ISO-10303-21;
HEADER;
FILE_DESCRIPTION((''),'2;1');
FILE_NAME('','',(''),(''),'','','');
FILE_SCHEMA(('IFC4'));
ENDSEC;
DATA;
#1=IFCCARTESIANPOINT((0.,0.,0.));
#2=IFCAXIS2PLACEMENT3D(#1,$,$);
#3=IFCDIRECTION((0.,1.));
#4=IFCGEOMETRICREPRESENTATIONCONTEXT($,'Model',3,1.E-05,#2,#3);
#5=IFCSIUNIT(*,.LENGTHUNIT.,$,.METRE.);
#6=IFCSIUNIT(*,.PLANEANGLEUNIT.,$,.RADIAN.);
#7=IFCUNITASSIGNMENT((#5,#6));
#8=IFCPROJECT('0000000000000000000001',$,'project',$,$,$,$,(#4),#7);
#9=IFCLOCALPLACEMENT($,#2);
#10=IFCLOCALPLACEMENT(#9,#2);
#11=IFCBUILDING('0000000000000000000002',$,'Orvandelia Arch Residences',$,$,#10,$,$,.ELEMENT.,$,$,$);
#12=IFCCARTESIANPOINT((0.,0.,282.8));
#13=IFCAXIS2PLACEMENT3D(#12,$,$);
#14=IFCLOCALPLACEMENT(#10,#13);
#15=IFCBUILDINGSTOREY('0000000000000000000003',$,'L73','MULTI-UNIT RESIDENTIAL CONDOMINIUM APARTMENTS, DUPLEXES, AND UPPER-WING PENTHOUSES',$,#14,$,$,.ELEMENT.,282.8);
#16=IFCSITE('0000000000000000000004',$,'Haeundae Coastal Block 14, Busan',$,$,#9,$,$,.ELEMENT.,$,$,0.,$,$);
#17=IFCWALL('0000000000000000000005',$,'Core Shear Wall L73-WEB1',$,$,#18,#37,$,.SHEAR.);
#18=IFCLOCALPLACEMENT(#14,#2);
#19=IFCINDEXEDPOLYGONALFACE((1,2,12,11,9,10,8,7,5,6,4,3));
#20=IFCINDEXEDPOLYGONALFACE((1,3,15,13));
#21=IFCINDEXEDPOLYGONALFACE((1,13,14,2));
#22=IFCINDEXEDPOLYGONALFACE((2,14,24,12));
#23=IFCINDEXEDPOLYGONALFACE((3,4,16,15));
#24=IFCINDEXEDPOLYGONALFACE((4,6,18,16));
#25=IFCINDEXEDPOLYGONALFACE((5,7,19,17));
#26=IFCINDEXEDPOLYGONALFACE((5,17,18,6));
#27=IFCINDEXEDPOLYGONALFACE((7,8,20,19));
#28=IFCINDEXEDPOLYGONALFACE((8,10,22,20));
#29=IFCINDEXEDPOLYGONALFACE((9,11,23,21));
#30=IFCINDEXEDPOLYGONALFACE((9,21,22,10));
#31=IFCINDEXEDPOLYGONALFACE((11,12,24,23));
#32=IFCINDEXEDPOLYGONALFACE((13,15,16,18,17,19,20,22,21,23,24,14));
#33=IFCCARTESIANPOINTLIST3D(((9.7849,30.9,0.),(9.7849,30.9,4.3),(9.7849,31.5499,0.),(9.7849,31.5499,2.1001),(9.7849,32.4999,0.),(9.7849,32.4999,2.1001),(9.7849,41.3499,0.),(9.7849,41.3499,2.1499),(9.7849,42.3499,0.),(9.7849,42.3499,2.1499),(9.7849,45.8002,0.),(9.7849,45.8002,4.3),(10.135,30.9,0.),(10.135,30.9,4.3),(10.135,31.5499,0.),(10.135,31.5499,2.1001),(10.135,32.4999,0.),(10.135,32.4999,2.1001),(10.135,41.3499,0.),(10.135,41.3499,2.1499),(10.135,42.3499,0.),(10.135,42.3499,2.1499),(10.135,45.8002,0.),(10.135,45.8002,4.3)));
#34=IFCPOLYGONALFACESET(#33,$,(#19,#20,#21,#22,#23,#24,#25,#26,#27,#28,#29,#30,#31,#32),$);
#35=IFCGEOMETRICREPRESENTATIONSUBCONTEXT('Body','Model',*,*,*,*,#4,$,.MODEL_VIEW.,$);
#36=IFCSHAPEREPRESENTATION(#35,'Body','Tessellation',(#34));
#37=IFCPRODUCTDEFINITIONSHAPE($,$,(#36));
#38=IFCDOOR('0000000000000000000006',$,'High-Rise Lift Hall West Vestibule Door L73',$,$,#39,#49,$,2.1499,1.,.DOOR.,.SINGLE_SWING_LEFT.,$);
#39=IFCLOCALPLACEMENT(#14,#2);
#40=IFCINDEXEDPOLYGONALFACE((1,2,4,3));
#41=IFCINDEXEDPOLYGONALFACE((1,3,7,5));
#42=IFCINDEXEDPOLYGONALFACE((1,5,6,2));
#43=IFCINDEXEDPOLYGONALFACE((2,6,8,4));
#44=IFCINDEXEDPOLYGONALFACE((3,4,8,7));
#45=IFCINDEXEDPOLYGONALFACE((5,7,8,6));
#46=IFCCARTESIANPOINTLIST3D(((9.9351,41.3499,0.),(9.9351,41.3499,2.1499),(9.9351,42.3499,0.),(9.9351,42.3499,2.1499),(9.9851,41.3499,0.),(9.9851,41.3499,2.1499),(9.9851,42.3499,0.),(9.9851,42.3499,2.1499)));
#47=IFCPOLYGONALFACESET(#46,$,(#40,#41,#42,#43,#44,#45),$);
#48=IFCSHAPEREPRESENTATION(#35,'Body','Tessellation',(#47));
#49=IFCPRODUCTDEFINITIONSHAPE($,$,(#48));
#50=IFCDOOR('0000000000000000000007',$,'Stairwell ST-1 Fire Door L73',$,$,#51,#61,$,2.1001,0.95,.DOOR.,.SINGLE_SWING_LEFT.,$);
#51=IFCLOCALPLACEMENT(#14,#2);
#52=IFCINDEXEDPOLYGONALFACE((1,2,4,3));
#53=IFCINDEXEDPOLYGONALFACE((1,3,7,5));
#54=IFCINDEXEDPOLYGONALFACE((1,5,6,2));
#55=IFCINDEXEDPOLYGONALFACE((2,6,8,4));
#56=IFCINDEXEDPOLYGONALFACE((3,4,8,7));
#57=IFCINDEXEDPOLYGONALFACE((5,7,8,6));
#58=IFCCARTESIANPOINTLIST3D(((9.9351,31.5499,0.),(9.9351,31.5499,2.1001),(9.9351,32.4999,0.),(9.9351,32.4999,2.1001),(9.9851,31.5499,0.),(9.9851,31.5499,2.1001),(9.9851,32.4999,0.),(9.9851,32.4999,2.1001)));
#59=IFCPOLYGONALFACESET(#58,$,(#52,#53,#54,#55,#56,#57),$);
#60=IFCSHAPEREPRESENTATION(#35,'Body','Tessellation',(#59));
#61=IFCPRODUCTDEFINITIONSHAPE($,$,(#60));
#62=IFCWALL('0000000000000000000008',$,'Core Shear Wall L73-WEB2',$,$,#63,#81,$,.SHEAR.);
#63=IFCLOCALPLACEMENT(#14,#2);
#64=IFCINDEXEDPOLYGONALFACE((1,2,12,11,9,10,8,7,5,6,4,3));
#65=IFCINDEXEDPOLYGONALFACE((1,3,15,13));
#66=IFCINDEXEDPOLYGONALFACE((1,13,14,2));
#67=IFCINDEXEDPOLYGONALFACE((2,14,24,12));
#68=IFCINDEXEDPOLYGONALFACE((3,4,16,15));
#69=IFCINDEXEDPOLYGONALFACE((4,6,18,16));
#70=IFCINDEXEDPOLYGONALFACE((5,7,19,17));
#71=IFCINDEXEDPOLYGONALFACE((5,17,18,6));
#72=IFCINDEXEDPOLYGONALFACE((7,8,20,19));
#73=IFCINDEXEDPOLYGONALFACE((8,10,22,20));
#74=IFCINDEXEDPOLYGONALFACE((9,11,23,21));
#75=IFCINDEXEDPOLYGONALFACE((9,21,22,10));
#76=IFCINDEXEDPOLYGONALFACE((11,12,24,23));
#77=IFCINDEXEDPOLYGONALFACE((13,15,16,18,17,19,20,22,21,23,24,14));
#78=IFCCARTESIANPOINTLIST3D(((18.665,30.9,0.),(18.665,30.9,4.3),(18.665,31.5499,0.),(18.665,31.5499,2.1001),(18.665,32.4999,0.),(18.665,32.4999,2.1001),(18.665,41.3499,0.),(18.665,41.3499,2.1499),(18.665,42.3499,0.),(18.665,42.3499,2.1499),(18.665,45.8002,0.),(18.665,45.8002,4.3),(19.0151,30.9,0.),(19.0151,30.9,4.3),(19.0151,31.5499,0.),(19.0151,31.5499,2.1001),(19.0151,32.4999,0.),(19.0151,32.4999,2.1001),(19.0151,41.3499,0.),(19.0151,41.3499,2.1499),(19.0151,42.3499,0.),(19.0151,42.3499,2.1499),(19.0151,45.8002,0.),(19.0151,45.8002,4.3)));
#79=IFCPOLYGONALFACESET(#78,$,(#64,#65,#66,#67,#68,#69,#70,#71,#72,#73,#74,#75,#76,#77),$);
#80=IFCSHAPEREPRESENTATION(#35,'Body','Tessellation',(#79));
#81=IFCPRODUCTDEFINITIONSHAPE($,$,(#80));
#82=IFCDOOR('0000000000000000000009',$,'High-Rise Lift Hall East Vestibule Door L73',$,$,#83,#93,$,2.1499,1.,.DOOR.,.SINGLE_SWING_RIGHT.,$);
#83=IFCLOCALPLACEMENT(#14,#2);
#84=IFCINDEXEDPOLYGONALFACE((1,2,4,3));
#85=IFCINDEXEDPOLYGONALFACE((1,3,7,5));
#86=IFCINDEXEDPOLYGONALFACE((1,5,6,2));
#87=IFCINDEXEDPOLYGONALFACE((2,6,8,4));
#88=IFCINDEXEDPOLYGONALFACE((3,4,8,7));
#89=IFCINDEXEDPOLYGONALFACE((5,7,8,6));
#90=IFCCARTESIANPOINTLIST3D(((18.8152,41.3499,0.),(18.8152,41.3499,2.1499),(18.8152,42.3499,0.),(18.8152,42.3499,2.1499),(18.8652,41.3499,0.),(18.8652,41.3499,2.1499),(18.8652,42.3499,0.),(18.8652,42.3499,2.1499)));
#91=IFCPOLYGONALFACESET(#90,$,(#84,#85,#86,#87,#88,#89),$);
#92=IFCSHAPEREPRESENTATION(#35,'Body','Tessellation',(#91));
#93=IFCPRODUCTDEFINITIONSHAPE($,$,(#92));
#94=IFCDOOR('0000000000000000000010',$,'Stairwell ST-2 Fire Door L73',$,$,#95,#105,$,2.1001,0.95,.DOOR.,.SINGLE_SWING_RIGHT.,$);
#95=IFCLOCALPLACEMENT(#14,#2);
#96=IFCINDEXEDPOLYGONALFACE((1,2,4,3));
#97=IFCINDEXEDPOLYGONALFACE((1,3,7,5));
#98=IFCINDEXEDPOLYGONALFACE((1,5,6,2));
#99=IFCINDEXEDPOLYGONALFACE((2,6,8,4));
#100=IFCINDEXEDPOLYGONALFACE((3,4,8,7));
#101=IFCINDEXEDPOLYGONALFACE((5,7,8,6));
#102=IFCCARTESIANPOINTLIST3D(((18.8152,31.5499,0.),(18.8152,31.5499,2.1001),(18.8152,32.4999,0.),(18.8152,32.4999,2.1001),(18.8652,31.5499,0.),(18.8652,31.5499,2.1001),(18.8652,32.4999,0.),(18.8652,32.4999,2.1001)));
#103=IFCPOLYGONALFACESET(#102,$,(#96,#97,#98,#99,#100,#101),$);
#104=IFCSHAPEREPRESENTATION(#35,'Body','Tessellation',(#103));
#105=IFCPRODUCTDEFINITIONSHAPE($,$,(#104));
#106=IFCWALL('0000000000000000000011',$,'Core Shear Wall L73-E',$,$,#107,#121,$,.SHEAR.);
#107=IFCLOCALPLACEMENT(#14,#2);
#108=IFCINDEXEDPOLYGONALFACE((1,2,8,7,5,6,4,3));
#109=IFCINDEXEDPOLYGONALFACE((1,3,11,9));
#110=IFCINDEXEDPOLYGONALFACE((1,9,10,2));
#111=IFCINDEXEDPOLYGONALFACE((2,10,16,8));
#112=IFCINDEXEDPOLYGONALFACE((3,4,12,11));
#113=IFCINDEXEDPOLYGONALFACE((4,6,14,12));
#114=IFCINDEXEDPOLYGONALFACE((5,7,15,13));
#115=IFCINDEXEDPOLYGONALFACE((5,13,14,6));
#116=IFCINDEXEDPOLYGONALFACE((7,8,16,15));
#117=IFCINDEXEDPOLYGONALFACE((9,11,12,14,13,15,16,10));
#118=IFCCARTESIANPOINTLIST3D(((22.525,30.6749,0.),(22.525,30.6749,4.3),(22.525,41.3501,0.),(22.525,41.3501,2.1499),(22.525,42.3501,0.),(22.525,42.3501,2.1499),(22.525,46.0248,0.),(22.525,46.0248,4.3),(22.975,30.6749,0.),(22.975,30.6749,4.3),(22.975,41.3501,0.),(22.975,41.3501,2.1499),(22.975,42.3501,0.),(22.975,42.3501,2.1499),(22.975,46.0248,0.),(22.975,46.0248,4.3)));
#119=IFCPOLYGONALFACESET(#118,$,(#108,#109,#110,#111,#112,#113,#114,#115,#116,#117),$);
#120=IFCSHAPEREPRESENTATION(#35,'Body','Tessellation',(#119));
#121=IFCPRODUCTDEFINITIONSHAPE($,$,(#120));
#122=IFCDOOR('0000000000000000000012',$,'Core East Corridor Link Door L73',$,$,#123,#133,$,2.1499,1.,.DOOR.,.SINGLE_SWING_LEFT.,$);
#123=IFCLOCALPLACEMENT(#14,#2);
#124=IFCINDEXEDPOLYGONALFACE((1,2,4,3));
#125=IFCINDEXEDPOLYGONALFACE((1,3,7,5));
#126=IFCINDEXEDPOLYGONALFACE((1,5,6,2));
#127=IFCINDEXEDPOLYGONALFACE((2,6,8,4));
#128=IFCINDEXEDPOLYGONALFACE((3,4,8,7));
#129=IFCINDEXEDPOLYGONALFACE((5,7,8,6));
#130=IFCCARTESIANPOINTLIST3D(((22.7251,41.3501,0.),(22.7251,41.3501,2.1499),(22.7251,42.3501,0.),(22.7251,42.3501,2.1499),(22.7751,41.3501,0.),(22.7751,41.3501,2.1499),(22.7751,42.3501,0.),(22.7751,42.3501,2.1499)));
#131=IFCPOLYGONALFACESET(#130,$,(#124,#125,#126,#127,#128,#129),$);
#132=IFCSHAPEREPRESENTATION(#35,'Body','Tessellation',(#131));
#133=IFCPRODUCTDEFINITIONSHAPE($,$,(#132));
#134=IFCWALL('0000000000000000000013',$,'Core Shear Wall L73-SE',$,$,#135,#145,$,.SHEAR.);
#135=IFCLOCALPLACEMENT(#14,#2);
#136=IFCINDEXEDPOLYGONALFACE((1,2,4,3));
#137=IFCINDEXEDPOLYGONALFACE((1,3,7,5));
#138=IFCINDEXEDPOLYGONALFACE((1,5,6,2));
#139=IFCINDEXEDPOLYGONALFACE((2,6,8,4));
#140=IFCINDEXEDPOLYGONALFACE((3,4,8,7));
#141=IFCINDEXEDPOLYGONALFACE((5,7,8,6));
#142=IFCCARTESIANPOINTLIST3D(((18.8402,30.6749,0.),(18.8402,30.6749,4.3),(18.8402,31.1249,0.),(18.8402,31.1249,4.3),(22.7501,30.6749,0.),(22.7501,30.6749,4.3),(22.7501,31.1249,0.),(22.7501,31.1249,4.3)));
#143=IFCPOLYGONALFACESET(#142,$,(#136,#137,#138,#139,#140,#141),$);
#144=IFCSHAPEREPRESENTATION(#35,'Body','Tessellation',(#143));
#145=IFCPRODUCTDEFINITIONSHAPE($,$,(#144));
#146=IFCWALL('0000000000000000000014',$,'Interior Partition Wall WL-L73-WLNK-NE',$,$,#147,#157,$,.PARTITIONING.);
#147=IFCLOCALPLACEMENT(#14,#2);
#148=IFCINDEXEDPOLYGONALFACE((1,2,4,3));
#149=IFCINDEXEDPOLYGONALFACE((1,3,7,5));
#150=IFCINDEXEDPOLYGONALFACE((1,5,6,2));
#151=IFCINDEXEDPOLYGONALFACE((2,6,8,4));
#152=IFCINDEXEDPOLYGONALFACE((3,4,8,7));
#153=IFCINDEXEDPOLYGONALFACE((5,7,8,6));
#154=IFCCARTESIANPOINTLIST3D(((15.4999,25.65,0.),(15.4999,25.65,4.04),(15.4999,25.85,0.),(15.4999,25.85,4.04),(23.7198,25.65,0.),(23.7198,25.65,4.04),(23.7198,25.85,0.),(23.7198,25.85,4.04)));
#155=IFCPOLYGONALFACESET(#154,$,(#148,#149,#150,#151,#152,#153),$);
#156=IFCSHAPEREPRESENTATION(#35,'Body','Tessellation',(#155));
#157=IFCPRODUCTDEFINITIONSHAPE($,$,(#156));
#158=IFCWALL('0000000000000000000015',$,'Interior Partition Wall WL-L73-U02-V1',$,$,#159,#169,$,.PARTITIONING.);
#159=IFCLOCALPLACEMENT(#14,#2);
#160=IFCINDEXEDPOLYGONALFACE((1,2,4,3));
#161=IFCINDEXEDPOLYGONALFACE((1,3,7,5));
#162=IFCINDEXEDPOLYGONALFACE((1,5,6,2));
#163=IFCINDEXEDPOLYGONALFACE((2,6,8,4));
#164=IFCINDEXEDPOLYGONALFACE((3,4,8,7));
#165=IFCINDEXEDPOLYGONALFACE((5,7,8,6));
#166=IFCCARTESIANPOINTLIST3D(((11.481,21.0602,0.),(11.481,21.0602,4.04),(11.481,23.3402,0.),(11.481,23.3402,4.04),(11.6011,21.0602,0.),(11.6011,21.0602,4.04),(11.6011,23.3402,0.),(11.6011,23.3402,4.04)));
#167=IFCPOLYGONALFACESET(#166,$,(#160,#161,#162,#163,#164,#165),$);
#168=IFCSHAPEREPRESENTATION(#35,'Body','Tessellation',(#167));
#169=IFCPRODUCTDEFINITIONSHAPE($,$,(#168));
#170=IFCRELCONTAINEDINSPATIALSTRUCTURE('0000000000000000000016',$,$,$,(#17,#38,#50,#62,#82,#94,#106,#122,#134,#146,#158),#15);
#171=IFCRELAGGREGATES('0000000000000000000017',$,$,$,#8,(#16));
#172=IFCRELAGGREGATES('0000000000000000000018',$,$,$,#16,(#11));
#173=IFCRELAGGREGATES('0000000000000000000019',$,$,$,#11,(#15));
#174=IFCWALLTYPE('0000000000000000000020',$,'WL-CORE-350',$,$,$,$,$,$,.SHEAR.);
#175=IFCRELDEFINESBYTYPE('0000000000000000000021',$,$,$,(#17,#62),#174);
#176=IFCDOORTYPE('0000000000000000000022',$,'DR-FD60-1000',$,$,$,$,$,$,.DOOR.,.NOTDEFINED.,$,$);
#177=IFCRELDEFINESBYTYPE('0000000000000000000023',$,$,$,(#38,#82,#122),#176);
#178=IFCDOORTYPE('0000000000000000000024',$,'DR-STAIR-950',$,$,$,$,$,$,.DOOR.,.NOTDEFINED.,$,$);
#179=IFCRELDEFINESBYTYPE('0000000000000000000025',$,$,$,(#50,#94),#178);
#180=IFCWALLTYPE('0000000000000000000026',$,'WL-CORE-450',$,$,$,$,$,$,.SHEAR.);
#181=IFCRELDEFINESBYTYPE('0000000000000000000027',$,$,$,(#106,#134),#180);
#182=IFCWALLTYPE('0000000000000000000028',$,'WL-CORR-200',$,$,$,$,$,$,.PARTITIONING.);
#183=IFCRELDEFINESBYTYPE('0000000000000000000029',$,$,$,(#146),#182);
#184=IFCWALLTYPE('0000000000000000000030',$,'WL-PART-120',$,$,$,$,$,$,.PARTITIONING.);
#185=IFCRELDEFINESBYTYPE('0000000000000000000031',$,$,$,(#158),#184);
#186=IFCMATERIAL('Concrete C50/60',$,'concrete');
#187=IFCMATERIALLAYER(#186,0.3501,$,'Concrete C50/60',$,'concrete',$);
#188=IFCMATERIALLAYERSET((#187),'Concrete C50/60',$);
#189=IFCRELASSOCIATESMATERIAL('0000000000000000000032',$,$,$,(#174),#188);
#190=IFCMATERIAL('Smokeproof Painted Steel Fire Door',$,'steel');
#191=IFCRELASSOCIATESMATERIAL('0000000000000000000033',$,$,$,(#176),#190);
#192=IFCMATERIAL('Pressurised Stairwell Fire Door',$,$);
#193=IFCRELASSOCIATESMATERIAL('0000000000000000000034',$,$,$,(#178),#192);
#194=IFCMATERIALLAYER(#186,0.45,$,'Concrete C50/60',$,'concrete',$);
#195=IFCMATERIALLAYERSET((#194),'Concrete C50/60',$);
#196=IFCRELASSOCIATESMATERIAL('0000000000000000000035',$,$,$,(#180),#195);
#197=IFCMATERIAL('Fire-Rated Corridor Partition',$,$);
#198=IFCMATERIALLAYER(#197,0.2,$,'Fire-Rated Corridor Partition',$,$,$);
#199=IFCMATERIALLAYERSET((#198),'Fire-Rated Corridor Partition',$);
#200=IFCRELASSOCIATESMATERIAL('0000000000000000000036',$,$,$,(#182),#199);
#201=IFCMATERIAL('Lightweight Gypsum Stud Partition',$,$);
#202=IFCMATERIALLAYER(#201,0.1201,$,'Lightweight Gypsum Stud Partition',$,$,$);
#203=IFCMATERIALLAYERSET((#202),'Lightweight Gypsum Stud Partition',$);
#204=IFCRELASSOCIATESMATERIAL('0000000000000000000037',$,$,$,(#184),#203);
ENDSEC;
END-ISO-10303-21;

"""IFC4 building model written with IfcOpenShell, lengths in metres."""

from ifc_helpers import new_model, si_unit, direction, frame, frame_2d, origin, place, context, subcontext, project, spatial, rectangle, extrude, material, layer, layer_set, type_object, element, fill, save


model = new_model("IFC4")

# Units and contexts
model_context = context("Model", 3, precision=1e-05, world=origin(), true_north=direction((0.0, 1.0)))
body_context = subcontext(model_context, "Body", "Model", "MODEL_VIEW")
ifc_project = project(units=[si_unit("LENGTHUNIT", "METRE"), si_unit("PLANEANGLEUNIT", "RADIAN")], contexts=[model_context])

# Site, building, storey
site_placement = place(None, origin())
site = spatial("IfcSite", under=ifc_project, at=site_placement, Name="Haeundae Coastal Block 14, Busan", CompositionType="ELEMENT", RefElevation=0.0)
building_placement = place(site_placement, origin())
building = spatial("IfcBuilding", under=site, at=building_placement, Name="Orvandelia Arch Residences", CompositionType="ELEMENT")
storey_placement = place(building_placement, frame((0.0, 0.0, 282.8)))
storey = spatial("IfcBuildingStorey", under=building, at=storey_placement, Name="L73", Description="MULTI-UNIT RESIDENTIAL CONDOMINIUM APARTMENTS, DUPLEXES, AND UPPER-WING PENTHOUSES", CompositionType="ELEMENT", Elevation=282.8)

# Shared definitions
ifc_material_1 = material(Name="Concrete C50/60", Category="concrete")

# Walls, openings, doors
ifc_layer_1 = layer(ifc_material_1, 0.3501, Name="Concrete C50/60", Category="concrete")
ifc_layer_set_1 = layer_set([ifc_layer_1], Name="Concrete C50/60")
wall_type_1 = type_object("IfcWallType", Name="WL-CORE-350", PredefinedType="SHEAR", material=ifc_layer_set_1)
wall_1_placement = place(storey_placement, frame((9.96, 30.8999, 0.0), z_axis=(0.0, 0.0, 1.0), x_axis=(0.0, 1.0, 0.0)))
wall_1 = element("IfcWall", 1, at=wall_1_placement, inside=storey, type_object=wall_type_1, Name="Core Shear Wall L73-WEB1", PredefinedType="SHEAR", context=body_context, shape_type="SweptSolid", body=[
    extrude(rectangle(XDim=14.9001, YDim=0.3501, at=frame_2d((7.4502, 0.0))), origin(), (0.0, 0.0, 1.0), 4.3),
])
opening_1_placement = place(wall_1_placement, frame((0.6499, 0.0, 0.0)))
opening_1 = element("IfcOpeningElement", 2, at=opening_1_placement, cuts=wall_1, PredefinedType="OPENING", context=body_context, shape_type="SweptSolid", body=[
    extrude(rectangle(XDim=0.95, YDim=2.1001, at=frame_2d((0.4751, 1.05))), frame((0.0, 0.1851, 0.0), z_axis=(0.0, -1.0, 0.0), x_axis=(1.0, 0.0, 0.0)), (0.0, 0.0, 1.0), 0.3701),
])
opening_2_placement = place(wall_1_placement, frame((10.45, 0.0, 0.0)))
opening_2 = element("IfcOpeningElement", 3, at=opening_2_placement, cuts=wall_1, PredefinedType="OPENING", context=body_context, shape_type="SweptSolid", body=[
    extrude(rectangle(XDim=1.0, YDim=2.1499, at=frame_2d((0.5, 1.075))), frame((0.0, 0.1851, 0.0), z_axis=(0.0, -1.0, 0.0), x_axis=(1.0, 0.0, 0.0)), (0.0, 0.0, 1.0), 0.3701),
])
ifc_material_2 = material(Name="Smokeproof Painted Steel Fire Door", Category="steel")
door_type_1 = type_object("IfcDoorType", Name="DR-FD60-1000", OperationType="NOTDEFINED", PredefinedType="DOOR", material=ifc_material_2)
door_1_placement = place(opening_2_placement, origin())
door_1 = element("IfcDoor", 4, at=door_1_placement, inside=storey, type_object=door_type_1, Name="High-Rise Lift Hall West Vestibule Door L73", OperationType="SINGLE_SWING_LEFT", OverallHeight=2.1499, OverallWidth=1.0, PredefinedType="DOOR", context=body_context, shape_type="SweptSolid", body=[
    extrude(rectangle(XDim=1.0, YDim=2.1499, at=frame_2d((0.5, 1.075))), frame((0.0, 0.0249, 0.0), z_axis=(0.0, -1.0, 0.0), x_axis=(1.0, 0.0, 0.0)), (0.0, 0.0, 1.0), 0.05),
])
fill(opening_2, door_1)
ifc_material_3 = material(Name="Pressurised Stairwell Fire Door")
door_type_2 = type_object("IfcDoorType", Name="DR-STAIR-950", OperationType="NOTDEFINED", PredefinedType="DOOR", material=ifc_material_3)
door_2_placement = place(opening_1_placement, origin())
door_2 = element("IfcDoor", 5, at=door_2_placement, inside=storey, type_object=door_type_2, Name="Stairwell ST-1 Fire Door L73", OperationType="SINGLE_SWING_LEFT", OverallHeight=2.1001, OverallWidth=0.95, PredefinedType="DOOR", context=body_context, shape_type="SweptSolid", body=[
    extrude(rectangle(XDim=0.95, YDim=2.1001, at=frame_2d((0.4751, 1.05))), frame((0.0, 0.0249, 0.0), z_axis=(0.0, -1.0, 0.0), x_axis=(1.0, 0.0, 0.0)), (0.0, 0.0, 1.0), 0.05),
])
fill(opening_1, door_2)
wall_2_placement = place(storey_placement, frame((18.8401, 30.8999, 0.0), z_axis=(0.0, 0.0, 1.0), x_axis=(0.0, 1.0, 0.0)))
wall_2 = element("IfcWall", 6, at=wall_2_placement, inside=storey, type_object=wall_type_1, Name="Core Shear Wall L73-WEB2", PredefinedType="SHEAR", context=body_context, shape_type="SweptSolid", body=[
    extrude(rectangle(XDim=14.9001, YDim=0.3501, at=frame_2d((7.4502, 0.0))), origin(), (0.0, 0.0, 1.0), 4.3),
])
opening_3_placement = place(wall_2_placement, frame((0.6499, 0.0, 0.0)))
opening_3 = element("IfcOpeningElement", 7, at=opening_3_placement, cuts=wall_2, PredefinedType="OPENING", context=body_context, shape_type="SweptSolid", body=[
    extrude(rectangle(XDim=0.95, YDim=2.1001, at=frame_2d((0.4751, 1.05))), frame((0.0, 0.1851, 0.0), z_axis=(0.0, -1.0, 0.0), x_axis=(1.0, 0.0, 0.0)), (0.0, 0.0, 1.0), 0.3701),
])
opening_4_placement = place(wall_2_placement, frame((10.45, 0.0, 0.0)))
opening_4 = element("IfcOpeningElement", 8, at=opening_4_placement, cuts=wall_2, PredefinedType="OPENING", context=body_context, shape_type="SweptSolid", body=[
    extrude(rectangle(XDim=1.0, YDim=2.1499, at=frame_2d((0.5, 1.075))), frame((0.0, 0.1851, 0.0), z_axis=(0.0, -1.0, 0.0), x_axis=(1.0, 0.0, 0.0)), (0.0, 0.0, 1.0), 0.3701),
])
door_3_placement = place(opening_4_placement, origin())
door_3 = element("IfcDoor", 9, at=door_3_placement, inside=storey, type_object=door_type_1, Name="High-Rise Lift Hall East Vestibule Door L73", OperationType="SINGLE_SWING_RIGHT", OverallHeight=2.1499, OverallWidth=1.0, PredefinedType="DOOR", context=body_context, shape_type="SweptSolid", body=[
    extrude(rectangle(XDim=1.0, YDim=2.1499, at=frame_2d((0.5, 1.075))), frame((0.0, 0.0249, 0.0), z_axis=(0.0, -1.0, 0.0), x_axis=(1.0, 0.0, 0.0)), (0.0, 0.0, 1.0), 0.05),
])
fill(opening_4, door_3)
door_4_placement = place(opening_3_placement, origin())
door_4 = element("IfcDoor", 10, at=door_4_placement, inside=storey, type_object=door_type_2, Name="Stairwell ST-2 Fire Door L73", OperationType="SINGLE_SWING_RIGHT", OverallHeight=2.1001, OverallWidth=0.95, PredefinedType="DOOR", context=body_context, shape_type="SweptSolid", body=[
    extrude(rectangle(XDim=0.95, YDim=2.1001, at=frame_2d((0.4751, 1.05))), frame((0.0, 0.0249, 0.0), z_axis=(0.0, -1.0, 0.0), x_axis=(1.0, 0.0, 0.0)), (0.0, 0.0, 1.0), 0.05),
])
fill(opening_3, door_4)

# Wall, opening, door
ifc_layer_2 = layer(ifc_material_1, 0.45, Name="Concrete C50/60", Category="concrete")
ifc_layer_set_2 = layer_set([ifc_layer_2], Name="Concrete C50/60")
wall_type_2 = type_object("IfcWallType", Name="WL-CORE-450", PredefinedType="SHEAR", material=ifc_layer_set_2)
wall_3_placement = place(storey_placement, frame((22.75, 30.675, 0.0), z_axis=(0.0, 0.0, 1.0), x_axis=(0.0, 1.0, 0.0)))
wall_3 = element("IfcWall", 11, at=wall_3_placement, inside=storey, type_object=wall_type_2, Name="Core Shear Wall L73-E", PredefinedType="SHEAR", context=body_context, shape_type="SweptSolid", body=[
    extrude(rectangle(XDim=15.3499, YDim=0.45, at=frame_2d((7.6748, 0.0))), origin(), (0.0, 0.0, 1.0), 4.3),
])
opening_5_placement = place(wall_3_placement, frame((10.675, 0.0, 0.0)))
opening_5 = element("IfcOpeningElement", 12, at=opening_5_placement, cuts=wall_3, PredefinedType="OPENING", context=body_context, shape_type="SweptSolid", body=[
    extrude(rectangle(XDim=1.0, YDim=2.1499, at=frame_2d((0.5, 1.075))), frame((0.0, 0.2349, 0.0), z_axis=(0.0, -1.0, 0.0), x_axis=(1.0, 0.0, 0.0)), (0.0, 0.0, 1.0), 0.47),
])
door_5_placement = place(opening_5_placement, origin())
door_5 = element("IfcDoor", 13, at=door_5_placement, inside=storey, type_object=door_type_1, Name="Core East Corridor Link Door L73", OperationType="SINGLE_SWING_LEFT", OverallHeight=2.1499, OverallWidth=1.0, PredefinedType="DOOR", context=body_context, shape_type="SweptSolid", body=[
    extrude(rectangle(XDim=1.0, YDim=2.1499, at=frame_2d((0.5, 1.075))), frame((0.0, 0.0249, 0.0), z_axis=(0.0, -1.0, 0.0), x_axis=(1.0, 0.0, 0.0)), (0.0, 0.0, 1.0), 0.05),
])
fill(opening_5, door_5)

# Walls
wall_4_placement = place(storey_placement, frame((18.8401, 30.8999, 0.0), z_axis=(0.0, 0.0, 1.0), x_axis=(1.0, 0.0, 0.0)))
element("IfcWall", 14, at=wall_4_placement, inside=storey, type_object=wall_type_2, Name="Core Shear Wall L73-SE", PredefinedType="SHEAR", context=body_context, shape_type="SweptSolid", body=[
    extrude(rectangle(XDim=3.9099, YDim=0.45, at=frame_2d((1.9551, 0.0))), origin(), (0.0, 0.0, 1.0), 4.3),
])
ifc_material_4 = material(Name="Fire-Rated Corridor Partition")
ifc_layer_3 = layer(ifc_material_4, 0.2, Name="Fire-Rated Corridor Partition")
ifc_layer_set_3 = layer_set([ifc_layer_3], Name="Fire-Rated Corridor Partition")
wall_type_3 = type_object("IfcWallType", Name="WL-CORR-200", PredefinedType="PARTITIONING", material=ifc_layer_set_3)
wall_5_placement = place(storey_placement, frame((15.5, 25.75, 0.0), z_axis=(0.0, 0.0, 1.0), x_axis=(1.0, 0.0, 0.0)))
element("IfcWall", 15, at=wall_5_placement, inside=storey, type_object=wall_type_3, Name="Interior Partition Wall WL-L73-WLNK-NE", PredefinedType="PARTITIONING", context=body_context, shape_type="SweptSolid", body=[
    extrude(rectangle(XDim=8.22, YDim=0.2, at=frame_2d((4.1099, 0.0))), origin(), (0.0, 0.0, 1.0), 4.04),
])
ifc_material_5 = material(Name="Lightweight Gypsum Stud Partition")
ifc_layer_4 = layer(ifc_material_5, 0.1201, Name="Lightweight Gypsum Stud Partition")
ifc_layer_set_4 = layer_set([ifc_layer_4], Name="Lightweight Gypsum Stud Partition")
wall_type_4 = type_object("IfcWallType", Name="WL-PART-120", PredefinedType="PARTITIONING", material=ifc_layer_set_4)
wall_6_placement = place(storey_placement, frame((11.541, 21.0601, 0.0), z_axis=(0.0, 0.0, 1.0), x_axis=(0.0, 1.0, 0.0)))
element("IfcWall", 16, at=wall_6_placement, inside=storey, type_object=wall_type_4, Name="Interior Partition Wall WL-L73-U02-V1", PredefinedType="PARTITIONING", context=body_context, shape_type="SweptSolid", body=[
    extrude(rectangle(XDim=2.28, YDim=0.1201, at=frame_2d((1.1401, 0.0))), origin(), (0.0, 0.0, 1.0), 4.04),
])

save(model, "model.ifc")
